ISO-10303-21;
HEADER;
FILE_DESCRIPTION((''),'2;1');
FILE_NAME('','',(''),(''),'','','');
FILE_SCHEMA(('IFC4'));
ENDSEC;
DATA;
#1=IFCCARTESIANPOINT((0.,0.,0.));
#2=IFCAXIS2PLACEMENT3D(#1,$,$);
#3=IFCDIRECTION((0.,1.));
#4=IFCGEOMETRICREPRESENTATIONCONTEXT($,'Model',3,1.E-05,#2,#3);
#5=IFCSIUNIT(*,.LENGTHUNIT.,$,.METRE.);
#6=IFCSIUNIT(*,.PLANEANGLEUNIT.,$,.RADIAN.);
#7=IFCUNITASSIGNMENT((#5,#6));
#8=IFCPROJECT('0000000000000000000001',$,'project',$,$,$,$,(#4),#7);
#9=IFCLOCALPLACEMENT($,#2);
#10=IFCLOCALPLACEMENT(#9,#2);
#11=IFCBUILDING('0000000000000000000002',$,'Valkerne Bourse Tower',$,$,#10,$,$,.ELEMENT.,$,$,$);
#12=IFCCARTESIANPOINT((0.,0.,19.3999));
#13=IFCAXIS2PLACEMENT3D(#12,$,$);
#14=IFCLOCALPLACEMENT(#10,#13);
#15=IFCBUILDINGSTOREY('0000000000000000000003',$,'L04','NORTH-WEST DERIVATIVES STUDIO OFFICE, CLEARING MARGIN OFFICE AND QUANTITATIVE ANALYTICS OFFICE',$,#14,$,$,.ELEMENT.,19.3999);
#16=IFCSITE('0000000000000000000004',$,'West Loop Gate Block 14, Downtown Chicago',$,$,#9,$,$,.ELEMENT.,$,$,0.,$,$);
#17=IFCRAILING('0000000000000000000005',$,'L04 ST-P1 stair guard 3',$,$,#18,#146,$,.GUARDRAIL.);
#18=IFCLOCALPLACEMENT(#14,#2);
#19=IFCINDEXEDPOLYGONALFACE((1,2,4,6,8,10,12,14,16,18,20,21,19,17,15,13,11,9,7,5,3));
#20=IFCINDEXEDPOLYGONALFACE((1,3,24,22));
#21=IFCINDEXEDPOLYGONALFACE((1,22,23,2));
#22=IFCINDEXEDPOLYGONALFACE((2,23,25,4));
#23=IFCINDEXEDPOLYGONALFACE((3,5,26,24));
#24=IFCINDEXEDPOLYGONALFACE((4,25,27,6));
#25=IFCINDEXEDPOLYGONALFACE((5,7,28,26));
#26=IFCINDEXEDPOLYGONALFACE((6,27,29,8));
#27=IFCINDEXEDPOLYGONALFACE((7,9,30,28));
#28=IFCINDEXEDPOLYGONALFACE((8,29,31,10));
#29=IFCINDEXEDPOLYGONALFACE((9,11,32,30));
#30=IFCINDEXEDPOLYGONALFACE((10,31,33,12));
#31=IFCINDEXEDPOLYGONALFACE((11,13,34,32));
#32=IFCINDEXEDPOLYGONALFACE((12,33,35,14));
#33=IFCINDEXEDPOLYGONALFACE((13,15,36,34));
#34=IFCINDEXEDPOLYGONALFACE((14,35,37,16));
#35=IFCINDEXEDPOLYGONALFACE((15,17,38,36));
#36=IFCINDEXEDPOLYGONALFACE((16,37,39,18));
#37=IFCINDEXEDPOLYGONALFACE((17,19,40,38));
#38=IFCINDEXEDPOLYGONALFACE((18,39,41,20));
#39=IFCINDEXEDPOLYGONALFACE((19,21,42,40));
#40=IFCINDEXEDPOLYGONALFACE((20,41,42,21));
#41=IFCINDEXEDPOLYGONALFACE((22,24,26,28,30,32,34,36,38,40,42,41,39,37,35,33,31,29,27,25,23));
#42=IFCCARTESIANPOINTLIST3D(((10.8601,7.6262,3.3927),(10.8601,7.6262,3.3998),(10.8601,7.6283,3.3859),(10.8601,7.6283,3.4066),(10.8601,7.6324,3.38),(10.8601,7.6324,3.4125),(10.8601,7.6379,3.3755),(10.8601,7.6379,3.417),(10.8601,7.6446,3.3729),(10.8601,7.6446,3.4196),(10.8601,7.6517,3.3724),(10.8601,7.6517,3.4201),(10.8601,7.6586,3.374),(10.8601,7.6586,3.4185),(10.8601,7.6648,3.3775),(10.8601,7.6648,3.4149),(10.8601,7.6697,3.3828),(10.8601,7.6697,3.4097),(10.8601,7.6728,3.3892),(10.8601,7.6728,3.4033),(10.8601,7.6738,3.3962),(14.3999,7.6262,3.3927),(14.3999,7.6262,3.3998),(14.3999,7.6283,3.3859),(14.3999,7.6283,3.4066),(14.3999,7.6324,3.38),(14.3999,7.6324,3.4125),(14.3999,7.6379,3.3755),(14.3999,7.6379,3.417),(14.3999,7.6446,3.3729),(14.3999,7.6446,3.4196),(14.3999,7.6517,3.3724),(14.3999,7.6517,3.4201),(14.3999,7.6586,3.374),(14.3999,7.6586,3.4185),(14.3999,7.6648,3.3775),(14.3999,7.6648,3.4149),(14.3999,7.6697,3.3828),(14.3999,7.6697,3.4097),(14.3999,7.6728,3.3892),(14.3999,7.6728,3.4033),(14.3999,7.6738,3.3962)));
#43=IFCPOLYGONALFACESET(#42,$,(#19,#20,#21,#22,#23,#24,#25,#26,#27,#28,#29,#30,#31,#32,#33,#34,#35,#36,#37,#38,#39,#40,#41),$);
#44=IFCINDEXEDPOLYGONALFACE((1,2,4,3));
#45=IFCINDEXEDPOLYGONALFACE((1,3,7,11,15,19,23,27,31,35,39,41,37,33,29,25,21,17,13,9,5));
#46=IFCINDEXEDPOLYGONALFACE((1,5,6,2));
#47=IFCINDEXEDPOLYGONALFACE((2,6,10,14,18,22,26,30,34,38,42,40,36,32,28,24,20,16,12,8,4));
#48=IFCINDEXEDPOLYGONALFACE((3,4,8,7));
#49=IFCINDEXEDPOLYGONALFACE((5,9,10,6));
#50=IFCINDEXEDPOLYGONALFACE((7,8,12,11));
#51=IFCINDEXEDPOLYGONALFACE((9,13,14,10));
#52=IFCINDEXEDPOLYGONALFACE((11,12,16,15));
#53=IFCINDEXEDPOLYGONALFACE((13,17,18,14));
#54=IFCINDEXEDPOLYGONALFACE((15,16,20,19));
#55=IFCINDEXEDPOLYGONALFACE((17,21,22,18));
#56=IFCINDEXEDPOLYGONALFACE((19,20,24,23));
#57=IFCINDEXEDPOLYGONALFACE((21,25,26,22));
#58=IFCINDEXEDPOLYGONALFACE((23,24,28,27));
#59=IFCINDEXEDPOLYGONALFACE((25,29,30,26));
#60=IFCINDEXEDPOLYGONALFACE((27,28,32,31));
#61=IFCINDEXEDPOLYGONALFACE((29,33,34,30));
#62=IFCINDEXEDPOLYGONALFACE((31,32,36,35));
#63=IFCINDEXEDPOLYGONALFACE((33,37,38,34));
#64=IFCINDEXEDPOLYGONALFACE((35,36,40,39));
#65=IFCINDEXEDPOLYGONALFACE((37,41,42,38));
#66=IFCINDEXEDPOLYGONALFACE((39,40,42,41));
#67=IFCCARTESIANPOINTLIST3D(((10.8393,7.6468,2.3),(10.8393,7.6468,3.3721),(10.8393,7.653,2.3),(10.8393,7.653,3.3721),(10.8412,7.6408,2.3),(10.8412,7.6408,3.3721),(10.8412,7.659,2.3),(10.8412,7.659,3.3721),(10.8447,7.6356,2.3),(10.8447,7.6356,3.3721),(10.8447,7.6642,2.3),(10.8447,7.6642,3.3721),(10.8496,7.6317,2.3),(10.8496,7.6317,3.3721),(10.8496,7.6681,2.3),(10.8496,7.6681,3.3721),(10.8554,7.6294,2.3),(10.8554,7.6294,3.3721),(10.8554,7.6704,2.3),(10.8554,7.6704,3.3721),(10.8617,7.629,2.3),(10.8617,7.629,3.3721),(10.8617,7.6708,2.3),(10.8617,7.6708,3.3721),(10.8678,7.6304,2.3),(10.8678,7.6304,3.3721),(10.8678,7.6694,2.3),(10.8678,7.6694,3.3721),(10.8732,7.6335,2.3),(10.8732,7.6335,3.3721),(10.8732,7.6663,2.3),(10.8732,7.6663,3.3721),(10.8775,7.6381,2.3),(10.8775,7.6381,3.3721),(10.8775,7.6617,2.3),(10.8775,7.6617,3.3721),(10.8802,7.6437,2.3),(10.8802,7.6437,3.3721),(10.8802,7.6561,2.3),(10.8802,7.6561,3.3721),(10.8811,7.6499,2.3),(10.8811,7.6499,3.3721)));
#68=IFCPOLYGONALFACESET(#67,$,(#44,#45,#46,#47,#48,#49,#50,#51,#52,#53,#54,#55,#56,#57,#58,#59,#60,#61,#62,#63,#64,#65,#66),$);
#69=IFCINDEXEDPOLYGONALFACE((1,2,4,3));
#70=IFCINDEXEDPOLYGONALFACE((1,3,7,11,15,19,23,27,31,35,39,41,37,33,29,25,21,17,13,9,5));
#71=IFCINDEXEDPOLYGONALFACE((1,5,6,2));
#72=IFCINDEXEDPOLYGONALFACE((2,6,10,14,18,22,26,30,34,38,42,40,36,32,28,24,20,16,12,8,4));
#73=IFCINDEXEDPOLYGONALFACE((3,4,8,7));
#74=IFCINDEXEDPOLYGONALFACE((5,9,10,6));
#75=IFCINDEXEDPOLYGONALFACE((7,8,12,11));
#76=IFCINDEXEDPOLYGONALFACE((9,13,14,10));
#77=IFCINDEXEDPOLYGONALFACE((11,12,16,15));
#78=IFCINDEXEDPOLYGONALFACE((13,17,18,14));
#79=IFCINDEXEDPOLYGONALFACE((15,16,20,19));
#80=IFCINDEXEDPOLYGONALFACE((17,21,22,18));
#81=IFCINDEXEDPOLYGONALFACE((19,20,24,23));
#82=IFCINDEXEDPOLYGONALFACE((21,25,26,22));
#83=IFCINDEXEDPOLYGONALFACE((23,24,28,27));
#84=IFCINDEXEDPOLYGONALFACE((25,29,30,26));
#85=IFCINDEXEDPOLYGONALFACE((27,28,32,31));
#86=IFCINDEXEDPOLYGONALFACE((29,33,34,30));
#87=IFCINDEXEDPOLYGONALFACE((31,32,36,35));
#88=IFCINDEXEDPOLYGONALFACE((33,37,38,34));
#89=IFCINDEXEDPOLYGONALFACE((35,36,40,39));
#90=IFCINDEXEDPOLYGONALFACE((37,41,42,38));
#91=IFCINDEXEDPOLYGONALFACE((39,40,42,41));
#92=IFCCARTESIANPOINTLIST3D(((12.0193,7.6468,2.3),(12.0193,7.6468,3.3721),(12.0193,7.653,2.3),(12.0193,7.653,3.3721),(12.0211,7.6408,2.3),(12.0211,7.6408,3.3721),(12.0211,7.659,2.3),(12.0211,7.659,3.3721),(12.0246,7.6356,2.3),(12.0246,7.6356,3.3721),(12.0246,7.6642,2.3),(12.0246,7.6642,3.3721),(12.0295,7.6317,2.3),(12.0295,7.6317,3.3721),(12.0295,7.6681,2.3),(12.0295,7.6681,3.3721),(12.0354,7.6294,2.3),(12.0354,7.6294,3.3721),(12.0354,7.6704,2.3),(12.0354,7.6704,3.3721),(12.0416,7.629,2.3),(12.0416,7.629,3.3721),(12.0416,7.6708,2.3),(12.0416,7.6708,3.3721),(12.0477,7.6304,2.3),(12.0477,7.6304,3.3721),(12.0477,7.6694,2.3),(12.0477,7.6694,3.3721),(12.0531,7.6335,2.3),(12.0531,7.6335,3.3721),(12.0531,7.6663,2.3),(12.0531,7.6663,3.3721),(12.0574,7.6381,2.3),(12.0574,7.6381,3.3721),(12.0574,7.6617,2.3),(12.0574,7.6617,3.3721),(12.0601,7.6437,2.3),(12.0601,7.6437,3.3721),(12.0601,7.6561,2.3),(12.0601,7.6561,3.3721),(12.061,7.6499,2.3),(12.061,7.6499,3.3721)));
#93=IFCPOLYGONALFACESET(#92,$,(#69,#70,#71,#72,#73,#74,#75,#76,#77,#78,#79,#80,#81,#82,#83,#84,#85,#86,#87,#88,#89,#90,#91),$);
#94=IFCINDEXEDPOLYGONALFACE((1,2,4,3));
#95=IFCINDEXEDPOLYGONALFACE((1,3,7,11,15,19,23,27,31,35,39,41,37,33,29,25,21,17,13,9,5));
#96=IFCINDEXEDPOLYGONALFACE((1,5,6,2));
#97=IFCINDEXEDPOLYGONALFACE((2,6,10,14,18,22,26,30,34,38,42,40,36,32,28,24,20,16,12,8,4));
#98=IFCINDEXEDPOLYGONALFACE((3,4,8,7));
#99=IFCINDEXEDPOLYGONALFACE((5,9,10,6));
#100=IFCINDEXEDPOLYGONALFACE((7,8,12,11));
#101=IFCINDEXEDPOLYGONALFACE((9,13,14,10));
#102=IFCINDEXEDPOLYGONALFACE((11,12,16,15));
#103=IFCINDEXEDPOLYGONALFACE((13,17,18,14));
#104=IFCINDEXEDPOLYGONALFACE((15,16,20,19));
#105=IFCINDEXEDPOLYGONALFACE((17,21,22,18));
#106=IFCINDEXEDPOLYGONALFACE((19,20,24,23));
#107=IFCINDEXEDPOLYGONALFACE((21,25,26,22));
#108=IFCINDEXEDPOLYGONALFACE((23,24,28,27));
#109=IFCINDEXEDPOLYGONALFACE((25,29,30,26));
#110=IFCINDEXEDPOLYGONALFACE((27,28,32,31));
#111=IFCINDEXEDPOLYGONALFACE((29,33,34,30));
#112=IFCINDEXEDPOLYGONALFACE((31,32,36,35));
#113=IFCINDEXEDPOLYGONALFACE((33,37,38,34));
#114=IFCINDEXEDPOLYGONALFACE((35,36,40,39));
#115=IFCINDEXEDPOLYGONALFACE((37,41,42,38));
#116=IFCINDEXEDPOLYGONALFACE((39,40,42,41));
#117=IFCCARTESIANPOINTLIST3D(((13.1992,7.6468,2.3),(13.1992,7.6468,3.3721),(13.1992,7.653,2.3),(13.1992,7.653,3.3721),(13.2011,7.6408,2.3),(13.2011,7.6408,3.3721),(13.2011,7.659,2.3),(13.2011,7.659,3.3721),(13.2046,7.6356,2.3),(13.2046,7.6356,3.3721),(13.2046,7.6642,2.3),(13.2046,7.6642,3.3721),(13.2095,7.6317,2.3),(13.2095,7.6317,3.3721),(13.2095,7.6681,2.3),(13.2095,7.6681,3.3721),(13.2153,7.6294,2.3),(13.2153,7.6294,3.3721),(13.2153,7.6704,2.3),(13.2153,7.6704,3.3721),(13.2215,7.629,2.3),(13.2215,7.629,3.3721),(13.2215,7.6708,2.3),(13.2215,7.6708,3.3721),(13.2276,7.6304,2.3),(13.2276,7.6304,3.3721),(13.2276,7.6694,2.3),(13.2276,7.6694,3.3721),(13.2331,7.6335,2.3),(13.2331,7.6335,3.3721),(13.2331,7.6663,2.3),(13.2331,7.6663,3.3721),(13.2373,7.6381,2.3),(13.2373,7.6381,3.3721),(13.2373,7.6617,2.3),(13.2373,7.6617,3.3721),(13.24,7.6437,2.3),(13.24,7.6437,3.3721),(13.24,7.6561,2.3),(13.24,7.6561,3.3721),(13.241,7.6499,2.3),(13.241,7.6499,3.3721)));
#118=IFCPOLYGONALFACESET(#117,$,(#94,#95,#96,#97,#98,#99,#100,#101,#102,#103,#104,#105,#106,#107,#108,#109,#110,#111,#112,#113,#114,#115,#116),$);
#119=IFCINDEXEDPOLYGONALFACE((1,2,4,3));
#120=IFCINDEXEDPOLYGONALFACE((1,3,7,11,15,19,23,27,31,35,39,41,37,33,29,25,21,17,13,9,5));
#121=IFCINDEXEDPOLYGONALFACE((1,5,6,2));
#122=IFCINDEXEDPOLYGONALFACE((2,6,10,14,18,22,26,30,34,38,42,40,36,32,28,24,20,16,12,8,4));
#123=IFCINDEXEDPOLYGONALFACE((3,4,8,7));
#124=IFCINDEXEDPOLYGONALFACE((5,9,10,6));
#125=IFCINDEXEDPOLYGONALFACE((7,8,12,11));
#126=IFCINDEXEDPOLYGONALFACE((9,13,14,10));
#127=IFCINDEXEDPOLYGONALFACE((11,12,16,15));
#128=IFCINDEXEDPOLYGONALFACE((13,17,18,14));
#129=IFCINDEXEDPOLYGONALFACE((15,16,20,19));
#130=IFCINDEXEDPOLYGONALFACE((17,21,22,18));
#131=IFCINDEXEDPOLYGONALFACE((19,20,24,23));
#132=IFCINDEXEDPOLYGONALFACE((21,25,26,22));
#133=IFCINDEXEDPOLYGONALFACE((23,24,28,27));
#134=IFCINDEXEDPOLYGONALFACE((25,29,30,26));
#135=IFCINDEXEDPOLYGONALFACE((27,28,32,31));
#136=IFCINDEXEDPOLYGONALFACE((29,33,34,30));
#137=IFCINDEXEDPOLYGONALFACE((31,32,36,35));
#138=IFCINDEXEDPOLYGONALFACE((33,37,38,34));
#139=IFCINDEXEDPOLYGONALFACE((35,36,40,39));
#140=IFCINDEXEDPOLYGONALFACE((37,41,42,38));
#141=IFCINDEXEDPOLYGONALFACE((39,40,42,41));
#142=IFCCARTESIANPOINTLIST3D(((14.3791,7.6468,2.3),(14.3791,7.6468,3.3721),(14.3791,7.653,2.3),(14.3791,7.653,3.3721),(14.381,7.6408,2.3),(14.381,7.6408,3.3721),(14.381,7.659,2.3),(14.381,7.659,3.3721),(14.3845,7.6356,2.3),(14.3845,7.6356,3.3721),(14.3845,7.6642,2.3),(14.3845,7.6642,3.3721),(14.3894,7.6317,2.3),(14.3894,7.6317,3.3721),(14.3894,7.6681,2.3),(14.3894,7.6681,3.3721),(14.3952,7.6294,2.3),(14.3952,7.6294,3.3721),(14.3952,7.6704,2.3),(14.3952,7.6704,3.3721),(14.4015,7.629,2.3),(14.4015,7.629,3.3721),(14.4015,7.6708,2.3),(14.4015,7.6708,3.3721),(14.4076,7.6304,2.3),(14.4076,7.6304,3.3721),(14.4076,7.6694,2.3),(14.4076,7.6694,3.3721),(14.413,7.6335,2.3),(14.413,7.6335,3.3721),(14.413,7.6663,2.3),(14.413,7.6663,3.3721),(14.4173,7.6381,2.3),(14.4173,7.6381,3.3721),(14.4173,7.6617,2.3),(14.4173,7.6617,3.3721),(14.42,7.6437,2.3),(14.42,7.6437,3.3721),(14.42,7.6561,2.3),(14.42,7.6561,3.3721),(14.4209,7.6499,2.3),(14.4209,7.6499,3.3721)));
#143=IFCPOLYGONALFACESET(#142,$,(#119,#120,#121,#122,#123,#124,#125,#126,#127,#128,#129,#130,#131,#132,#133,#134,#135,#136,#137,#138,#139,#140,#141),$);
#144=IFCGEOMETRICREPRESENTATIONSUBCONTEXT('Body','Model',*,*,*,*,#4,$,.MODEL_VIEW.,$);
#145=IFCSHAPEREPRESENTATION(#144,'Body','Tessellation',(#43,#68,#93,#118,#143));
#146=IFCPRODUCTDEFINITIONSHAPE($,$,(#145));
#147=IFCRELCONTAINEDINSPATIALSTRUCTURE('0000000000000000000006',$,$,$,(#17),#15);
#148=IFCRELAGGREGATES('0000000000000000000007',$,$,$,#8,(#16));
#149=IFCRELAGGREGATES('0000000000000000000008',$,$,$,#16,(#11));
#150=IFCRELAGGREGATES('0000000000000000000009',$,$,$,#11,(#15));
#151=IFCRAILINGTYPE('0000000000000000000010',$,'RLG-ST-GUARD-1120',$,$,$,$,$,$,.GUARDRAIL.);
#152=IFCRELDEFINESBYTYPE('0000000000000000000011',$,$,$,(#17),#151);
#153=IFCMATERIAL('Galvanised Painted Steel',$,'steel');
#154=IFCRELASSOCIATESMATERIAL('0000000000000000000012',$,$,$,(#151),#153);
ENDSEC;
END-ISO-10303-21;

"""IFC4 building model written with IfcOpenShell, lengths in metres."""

from ifc_helpers import new_model, si_unit, direction, frame, origin, origin_2d, place, context, subcontext, project, spatial, circle, extrude, material, type_object, element, save


model = new_model("IFC4")

# Units and contexts
model_context = context("Model", 3, precision=1e-05, world=origin(), true_north=direction((0.0, 1.0)))
body_context = subcontext(model_context, "Body", "Model", "MODEL_VIEW")
ifc_project = project(units=[si_unit("LENGTHUNIT", "METRE"), si_unit("PLANEANGLEUNIT", "RADIAN")], contexts=[model_context])

# Site, building, storey
site_placement = place(None, origin())
site = spatial("IfcSite", under=ifc_project, at=site_placement, Name="West Loop Gate Block 14, Downtown Chicago", CompositionType="ELEMENT", RefElevation=0.0)
building_placement = place(site_placement, origin())
building = spatial("IfcBuilding", under=site, at=building_placement, Name="Valkerne Bourse Tower", CompositionType="ELEMENT")
storey_placement = place(building_placement, frame((0.0, 0.0, 19.3999)))
storey = spatial("IfcBuildingStorey", under=building, at=storey_placement, Name="L04", Description="NORTH-WEST DERIVATIVES STUDIO OFFICE, CLEARING MARGIN OFFICE AND QUANTITATIVE ANALYTICS OFFICE", CompositionType="ELEMENT", Elevation=19.3999)

# Railing
ifc_material_1 = material(Name="Galvanised Painted Steel", Category="steel")
railing_type_1 = type_object("IfcRailingType", Name="RLG-ST-GUARD-1120", PredefinedType="GUARDRAIL", material=ifc_material_1)
for number, where, name in (
    (1, (10.8601, 7.6499, 2.3), "L04 ST-P1 stair guard 3"),
):
    element("IfcRailing", number, at=place(storey_placement, frame(where)), inside=storey, type_object=railing_type_1, Name=name, PredefinedType="GUARDRAIL", context=body_context, shape_type="SweptSolid", body=[
        extrude(circle(Radius=0.0239, at=origin_2d()), frame((0.0, 0.0, 1.0962), z_axis=(1.0, 0.0, 0.0), x_axis=(0.0, 1.0, 0.0)), (0.0, 0.0, 1.0), 3.5398),
        extrude(circle(Radius=0.021, at=origin_2d()), origin(), (0.0, 0.0, 1.0), 1.072),
        extrude(circle(Radius=0.021, at=origin_2d()), frame((1.1799, 0.0, 0.0)), (0.0, 0.0, 1.0), 1.072),
        extrude(circle(Radius=0.021, at=origin_2d()), frame((2.3599, 0.0, 0.0)), (0.0, 0.0, 1.0), 1.072),
        extrude(circle(Radius=0.021, at=origin_2d()), frame((3.5398, 0.0, 0.0)), (0.0, 0.0, 1.0), 1.072),
    ])

save(model, "model.ifc")
